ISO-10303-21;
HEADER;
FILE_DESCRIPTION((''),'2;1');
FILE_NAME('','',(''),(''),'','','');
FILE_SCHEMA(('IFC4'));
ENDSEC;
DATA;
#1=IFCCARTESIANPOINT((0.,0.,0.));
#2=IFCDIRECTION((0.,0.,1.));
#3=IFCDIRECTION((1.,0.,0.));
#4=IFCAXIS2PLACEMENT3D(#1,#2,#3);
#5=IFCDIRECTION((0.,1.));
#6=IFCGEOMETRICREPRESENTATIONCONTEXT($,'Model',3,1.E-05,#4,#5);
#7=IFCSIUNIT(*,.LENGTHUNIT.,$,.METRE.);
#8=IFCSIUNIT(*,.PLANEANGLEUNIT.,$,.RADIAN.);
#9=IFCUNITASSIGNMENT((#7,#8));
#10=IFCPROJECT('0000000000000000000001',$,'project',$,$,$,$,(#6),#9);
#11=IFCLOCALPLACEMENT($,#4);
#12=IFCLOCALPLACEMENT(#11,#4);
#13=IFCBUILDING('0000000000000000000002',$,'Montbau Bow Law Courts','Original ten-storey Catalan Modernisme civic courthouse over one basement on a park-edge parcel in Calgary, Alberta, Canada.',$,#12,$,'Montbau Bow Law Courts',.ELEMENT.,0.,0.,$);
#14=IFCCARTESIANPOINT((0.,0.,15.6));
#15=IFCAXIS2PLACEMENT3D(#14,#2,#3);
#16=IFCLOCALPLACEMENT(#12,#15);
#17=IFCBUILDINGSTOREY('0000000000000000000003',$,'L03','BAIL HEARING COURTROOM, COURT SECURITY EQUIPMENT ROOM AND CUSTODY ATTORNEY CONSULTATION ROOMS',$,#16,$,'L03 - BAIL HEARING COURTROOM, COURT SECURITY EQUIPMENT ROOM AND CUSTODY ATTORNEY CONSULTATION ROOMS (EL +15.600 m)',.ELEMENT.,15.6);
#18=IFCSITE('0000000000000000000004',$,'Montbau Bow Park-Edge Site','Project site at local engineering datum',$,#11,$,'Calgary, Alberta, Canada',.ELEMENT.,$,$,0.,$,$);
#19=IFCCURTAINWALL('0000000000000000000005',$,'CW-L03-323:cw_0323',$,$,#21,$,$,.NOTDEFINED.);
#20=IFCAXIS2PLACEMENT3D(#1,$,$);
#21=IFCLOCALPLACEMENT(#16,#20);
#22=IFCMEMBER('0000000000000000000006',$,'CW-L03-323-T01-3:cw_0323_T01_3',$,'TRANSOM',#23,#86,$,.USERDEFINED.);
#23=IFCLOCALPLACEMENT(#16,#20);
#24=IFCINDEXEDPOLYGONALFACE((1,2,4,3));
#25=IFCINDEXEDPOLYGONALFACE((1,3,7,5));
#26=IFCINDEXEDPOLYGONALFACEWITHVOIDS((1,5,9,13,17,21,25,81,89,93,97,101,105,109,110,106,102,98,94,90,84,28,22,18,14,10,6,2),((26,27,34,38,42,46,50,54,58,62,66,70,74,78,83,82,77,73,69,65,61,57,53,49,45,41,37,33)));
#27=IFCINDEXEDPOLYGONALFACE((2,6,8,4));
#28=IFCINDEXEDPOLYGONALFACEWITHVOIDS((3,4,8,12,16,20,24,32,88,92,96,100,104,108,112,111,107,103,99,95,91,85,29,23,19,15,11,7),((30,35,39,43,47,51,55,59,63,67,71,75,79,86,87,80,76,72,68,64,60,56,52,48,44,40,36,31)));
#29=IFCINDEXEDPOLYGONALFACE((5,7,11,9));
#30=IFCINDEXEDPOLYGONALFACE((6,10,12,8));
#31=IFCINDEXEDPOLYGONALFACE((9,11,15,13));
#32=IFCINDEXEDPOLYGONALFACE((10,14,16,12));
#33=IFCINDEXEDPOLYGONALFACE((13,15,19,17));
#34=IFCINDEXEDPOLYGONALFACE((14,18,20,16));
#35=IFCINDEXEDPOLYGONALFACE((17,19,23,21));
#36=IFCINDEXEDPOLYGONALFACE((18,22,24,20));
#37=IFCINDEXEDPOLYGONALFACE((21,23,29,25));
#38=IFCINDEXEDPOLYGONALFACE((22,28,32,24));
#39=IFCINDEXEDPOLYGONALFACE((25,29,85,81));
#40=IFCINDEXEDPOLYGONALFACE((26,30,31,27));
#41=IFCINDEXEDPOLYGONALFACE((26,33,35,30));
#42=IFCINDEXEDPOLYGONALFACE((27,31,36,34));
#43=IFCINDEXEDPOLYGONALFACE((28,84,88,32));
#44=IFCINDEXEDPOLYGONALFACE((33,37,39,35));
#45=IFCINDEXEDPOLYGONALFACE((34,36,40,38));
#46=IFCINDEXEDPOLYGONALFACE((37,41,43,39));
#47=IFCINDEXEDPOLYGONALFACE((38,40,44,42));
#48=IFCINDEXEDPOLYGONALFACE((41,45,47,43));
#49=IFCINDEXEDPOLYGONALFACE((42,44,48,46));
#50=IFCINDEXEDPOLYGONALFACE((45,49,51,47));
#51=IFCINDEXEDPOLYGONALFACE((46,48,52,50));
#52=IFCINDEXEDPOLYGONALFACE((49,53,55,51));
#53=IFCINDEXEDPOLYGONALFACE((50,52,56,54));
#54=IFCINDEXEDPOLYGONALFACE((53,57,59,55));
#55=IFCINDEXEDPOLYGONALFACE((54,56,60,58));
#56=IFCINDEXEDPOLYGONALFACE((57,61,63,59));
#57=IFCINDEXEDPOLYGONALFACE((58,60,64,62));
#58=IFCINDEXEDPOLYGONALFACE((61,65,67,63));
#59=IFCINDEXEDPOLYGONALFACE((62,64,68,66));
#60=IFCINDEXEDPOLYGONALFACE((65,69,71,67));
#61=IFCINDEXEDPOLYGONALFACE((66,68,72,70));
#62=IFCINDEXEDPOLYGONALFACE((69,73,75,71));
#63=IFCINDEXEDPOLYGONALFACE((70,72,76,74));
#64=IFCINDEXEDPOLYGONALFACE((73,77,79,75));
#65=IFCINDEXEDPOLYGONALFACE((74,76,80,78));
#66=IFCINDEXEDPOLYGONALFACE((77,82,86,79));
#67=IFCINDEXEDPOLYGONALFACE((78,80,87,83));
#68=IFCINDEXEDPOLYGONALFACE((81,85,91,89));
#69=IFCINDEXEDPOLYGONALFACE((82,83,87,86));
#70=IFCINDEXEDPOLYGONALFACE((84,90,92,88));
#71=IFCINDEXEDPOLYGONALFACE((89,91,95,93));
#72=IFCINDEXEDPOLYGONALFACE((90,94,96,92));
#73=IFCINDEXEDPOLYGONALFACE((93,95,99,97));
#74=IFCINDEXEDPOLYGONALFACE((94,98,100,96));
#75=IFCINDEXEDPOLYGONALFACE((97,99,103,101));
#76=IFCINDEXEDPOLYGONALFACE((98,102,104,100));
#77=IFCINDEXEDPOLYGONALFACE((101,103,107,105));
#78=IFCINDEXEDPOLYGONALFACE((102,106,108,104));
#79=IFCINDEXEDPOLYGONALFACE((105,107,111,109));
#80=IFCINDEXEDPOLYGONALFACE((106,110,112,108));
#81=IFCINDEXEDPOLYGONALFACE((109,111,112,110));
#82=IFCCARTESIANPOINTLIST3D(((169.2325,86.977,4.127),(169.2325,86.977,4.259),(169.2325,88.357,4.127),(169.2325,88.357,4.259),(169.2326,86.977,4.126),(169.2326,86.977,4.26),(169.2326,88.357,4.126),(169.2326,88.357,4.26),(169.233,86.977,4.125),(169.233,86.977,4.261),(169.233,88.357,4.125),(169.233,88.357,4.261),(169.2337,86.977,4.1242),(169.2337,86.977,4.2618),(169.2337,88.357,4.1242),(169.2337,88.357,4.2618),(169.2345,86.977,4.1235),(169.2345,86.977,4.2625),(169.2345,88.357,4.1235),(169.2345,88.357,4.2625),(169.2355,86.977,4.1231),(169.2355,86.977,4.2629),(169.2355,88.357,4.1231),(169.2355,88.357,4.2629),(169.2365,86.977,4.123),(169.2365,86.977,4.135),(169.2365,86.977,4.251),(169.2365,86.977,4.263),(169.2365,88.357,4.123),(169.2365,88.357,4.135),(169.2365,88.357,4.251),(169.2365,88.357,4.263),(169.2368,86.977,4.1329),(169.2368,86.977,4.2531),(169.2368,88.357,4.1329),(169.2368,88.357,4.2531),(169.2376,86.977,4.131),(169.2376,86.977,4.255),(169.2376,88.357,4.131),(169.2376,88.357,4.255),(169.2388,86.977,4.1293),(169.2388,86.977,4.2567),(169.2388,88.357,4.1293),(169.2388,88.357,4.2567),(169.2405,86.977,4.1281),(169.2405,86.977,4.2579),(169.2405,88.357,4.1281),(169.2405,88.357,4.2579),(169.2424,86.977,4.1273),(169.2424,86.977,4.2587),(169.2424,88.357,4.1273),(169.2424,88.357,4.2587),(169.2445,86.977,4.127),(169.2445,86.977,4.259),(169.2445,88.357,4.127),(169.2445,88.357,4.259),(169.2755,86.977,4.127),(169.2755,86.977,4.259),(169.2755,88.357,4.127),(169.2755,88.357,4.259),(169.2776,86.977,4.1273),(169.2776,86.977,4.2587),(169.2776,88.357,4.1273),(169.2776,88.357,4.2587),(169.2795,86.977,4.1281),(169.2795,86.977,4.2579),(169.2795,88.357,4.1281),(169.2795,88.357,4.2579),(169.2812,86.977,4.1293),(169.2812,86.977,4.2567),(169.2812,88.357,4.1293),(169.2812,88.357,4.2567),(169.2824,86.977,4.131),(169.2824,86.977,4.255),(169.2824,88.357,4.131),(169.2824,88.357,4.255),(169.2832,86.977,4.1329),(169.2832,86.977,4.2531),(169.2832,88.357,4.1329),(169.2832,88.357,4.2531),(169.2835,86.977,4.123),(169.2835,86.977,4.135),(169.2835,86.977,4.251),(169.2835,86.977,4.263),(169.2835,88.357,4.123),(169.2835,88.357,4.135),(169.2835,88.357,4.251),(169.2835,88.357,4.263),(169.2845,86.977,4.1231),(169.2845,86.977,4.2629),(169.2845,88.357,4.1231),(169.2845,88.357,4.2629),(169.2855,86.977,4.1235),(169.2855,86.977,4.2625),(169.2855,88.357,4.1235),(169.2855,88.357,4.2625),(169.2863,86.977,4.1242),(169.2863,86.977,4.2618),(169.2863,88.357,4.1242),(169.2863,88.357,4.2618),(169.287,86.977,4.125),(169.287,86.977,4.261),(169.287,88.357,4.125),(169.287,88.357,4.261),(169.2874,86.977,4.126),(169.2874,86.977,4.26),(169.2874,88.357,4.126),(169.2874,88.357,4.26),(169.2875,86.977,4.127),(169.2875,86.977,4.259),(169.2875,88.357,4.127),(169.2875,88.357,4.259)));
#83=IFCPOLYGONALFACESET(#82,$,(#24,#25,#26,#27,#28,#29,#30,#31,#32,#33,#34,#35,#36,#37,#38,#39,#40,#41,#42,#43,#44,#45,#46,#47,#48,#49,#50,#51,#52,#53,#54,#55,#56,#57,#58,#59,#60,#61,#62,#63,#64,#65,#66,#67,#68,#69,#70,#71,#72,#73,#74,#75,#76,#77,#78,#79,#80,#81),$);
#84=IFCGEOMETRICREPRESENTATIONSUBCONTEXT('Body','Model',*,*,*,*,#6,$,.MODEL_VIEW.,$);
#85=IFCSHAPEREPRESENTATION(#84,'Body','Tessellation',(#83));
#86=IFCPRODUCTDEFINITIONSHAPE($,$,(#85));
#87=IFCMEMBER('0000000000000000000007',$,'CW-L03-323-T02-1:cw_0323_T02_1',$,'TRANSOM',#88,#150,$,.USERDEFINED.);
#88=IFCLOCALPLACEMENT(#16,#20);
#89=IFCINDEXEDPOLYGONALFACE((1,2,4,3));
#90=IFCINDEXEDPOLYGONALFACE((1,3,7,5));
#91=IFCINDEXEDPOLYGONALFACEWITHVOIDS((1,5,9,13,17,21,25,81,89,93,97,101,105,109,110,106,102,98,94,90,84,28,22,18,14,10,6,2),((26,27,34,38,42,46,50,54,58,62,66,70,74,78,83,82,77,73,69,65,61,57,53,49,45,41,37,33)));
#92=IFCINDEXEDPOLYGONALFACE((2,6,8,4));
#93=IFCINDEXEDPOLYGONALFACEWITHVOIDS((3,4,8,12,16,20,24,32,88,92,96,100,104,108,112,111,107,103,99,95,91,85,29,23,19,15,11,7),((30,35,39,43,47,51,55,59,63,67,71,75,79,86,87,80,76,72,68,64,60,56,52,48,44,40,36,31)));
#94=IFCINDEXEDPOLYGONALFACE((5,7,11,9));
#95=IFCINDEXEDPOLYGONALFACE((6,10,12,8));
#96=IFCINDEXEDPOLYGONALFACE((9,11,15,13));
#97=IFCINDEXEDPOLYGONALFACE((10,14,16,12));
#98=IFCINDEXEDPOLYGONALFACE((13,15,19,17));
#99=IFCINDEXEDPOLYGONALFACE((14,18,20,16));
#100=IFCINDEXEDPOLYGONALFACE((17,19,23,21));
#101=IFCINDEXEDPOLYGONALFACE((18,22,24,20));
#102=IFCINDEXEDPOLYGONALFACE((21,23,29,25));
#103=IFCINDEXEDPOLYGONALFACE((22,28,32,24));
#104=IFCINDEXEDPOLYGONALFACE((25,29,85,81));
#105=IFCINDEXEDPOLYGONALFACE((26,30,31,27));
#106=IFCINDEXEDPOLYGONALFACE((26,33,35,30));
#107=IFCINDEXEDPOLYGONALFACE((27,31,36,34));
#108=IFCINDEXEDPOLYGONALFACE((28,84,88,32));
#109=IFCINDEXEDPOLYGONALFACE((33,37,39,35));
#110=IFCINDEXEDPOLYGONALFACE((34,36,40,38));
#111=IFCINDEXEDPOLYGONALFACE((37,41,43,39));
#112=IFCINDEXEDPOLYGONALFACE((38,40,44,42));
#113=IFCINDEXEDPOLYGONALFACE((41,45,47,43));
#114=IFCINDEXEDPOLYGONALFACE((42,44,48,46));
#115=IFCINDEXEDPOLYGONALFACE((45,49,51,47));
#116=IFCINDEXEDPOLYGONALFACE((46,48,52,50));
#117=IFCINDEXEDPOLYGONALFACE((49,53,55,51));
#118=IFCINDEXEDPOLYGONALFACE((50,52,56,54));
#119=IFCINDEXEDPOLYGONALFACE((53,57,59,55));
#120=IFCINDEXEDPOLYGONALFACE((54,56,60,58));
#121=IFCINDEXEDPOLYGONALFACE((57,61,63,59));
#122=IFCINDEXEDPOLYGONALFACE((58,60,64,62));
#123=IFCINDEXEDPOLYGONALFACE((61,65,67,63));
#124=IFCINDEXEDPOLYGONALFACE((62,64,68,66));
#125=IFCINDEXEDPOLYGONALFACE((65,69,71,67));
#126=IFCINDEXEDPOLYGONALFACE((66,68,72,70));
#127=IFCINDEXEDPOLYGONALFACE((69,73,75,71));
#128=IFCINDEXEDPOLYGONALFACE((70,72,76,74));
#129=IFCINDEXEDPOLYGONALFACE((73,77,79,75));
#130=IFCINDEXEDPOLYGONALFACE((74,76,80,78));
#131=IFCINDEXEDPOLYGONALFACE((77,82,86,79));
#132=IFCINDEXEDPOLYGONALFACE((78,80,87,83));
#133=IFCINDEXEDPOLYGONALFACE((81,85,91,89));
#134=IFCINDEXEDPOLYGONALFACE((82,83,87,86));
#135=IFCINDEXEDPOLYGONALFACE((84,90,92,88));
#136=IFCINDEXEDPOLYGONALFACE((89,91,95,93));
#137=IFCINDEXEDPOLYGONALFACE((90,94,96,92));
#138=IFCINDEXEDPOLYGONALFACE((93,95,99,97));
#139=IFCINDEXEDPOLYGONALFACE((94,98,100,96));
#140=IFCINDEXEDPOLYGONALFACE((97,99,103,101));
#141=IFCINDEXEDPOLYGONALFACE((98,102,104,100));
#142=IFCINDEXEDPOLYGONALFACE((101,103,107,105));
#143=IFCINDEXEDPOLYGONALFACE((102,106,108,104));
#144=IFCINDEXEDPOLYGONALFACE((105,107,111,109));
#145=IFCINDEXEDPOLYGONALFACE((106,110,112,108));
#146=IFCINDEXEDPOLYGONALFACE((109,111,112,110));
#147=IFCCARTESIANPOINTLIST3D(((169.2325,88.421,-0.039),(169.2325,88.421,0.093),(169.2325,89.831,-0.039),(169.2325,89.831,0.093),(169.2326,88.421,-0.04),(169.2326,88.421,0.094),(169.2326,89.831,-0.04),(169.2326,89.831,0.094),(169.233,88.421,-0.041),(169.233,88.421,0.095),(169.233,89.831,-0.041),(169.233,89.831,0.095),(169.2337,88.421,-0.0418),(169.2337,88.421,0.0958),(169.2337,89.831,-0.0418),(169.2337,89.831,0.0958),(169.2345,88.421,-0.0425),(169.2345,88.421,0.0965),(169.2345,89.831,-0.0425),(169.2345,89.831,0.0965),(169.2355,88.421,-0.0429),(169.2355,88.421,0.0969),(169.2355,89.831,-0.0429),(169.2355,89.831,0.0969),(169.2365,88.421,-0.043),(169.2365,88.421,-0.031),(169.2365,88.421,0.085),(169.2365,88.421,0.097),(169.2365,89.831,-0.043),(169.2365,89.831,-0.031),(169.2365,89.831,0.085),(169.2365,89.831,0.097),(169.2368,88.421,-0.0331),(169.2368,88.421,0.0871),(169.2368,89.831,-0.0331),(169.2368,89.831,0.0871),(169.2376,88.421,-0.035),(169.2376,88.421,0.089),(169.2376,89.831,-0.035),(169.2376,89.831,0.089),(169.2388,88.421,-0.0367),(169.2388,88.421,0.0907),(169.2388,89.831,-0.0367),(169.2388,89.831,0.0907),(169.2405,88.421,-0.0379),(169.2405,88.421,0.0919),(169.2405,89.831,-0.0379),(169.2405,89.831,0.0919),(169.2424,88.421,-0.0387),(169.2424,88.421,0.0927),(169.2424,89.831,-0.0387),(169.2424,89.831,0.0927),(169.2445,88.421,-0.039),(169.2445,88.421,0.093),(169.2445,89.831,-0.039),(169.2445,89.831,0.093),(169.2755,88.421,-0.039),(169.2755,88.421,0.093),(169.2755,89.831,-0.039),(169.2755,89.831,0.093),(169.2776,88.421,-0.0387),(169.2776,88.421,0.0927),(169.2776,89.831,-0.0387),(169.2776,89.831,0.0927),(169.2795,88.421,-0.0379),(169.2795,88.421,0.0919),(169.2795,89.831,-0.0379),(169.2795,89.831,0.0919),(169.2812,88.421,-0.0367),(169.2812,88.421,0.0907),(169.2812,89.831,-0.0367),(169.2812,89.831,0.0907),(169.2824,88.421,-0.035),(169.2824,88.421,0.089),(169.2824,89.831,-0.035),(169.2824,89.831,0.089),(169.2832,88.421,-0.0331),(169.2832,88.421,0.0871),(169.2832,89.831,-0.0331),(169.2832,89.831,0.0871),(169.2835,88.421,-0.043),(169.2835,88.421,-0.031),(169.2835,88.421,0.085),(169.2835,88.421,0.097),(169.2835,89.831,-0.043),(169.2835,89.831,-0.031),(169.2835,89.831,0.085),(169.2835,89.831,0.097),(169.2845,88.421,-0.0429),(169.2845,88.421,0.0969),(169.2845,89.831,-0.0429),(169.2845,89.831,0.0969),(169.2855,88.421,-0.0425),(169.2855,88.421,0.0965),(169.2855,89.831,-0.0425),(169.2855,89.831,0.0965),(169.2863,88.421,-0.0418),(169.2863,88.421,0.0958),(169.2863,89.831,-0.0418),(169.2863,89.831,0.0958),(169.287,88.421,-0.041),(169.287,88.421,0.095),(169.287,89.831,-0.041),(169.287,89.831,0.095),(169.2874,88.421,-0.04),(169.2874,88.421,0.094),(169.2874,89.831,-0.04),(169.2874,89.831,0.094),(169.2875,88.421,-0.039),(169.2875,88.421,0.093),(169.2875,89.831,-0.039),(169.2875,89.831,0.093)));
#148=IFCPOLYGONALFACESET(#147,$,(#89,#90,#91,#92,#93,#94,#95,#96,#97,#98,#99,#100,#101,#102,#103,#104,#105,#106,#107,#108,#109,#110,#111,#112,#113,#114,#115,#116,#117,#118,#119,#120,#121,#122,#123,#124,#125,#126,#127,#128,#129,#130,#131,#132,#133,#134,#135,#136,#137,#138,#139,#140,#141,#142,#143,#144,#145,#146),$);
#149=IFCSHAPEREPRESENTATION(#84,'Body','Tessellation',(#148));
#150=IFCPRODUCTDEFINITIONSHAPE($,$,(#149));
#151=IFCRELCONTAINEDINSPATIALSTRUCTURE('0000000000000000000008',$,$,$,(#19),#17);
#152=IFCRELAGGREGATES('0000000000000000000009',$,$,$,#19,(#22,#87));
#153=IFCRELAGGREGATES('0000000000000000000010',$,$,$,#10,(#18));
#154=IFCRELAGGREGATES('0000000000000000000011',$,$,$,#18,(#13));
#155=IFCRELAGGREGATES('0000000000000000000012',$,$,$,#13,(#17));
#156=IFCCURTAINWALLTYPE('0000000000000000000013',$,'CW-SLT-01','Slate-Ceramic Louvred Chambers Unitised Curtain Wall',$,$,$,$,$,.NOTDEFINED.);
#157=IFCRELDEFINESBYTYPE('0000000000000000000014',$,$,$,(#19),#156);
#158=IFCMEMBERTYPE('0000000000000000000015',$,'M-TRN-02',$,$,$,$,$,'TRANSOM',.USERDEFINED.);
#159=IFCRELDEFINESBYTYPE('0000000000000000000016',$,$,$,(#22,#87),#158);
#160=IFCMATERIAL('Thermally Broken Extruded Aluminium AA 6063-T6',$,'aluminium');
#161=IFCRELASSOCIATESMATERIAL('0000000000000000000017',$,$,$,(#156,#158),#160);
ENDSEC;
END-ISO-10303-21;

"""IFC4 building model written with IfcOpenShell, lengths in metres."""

from ifc_helpers import new_model, si_unit, direction, frame, origin_with_axes, origin_2d_with_axis, place, context, subcontext, project, spatial, hollow_rectangle, extrude, material, material_profile, profile_set, type_object, element, aggregate, save


model = new_model("IFC4")

# Units and contexts
model_context = context("Model", 3, precision=1e-05, world=origin_with_axes(), true_north=direction((0.0, 1.0)))
body_context = subcontext(model_context, "Body", "Model", "MODEL_VIEW")
ifc_project = project(units=[si_unit("LENGTHUNIT", "METRE"), si_unit("PLANEANGLEUNIT", "RADIAN")], contexts=[model_context])

# Site, building, storey
site_placement = place(None, origin_with_axes())
site = spatial("IfcSite", under=ifc_project, at=site_placement, Name="Montbau Bow Park-Edge Site", Description="Project site at local engineering datum", LongName="Calgary, Alberta, Canada", CompositionType="ELEMENT", RefElevation=0.0)
building_placement = place(site_placement, origin_with_axes())
building = spatial("IfcBuilding", under=site, at=building_placement, Name="Montbau Bow Law Courts", Description="Original ten-storey Catalan Modernisme civic courthouse over one basement on a park-edge parcel in Calgary, Alberta, Canada.", LongName="Montbau Bow Law Courts", CompositionType="ELEMENT", ElevationOfRefHeight=0.0, ElevationOfTerrain=0.0)
storey_placement = place(building_placement, frame((0.0, 0.0, 15.6), z_axis=(0.0, 0.0, 1.0), x_axis=(1.0, 0.0, 0.0)))
storey = spatial("IfcBuildingStorey", under=building, at=storey_placement, Name="L03", Description="BAIL HEARING COURTROOM, COURT SECURITY EQUIPMENT ROOM AND CUSTODY ATTORNEY CONSULTATION ROOMS", LongName="L03 - BAIL HEARING COURTROOM, COURT SECURITY EQUIPMENT ROOM AND CUSTODY ATTORNEY CONSULTATION ROOMS (EL +15.600 m)", CompositionType="ELEMENT", Elevation=15.6)

# Curtain wall
ifc_material_1 = material(Name="Thermally Broken Extruded Aluminium AA 6063-T6", Category="aluminium")
curtain_wall_type = type_object("IfcCurtainWallType", Name="CW-SLT-01", Description="Slate-Ceramic Louvred Chambers Unitised Curtain Wall", PredefinedType="NOTDEFINED", material=ifc_material_1)
curtain_wall_1_placement = place(None, frame((169.26, 86.915, 15.6), z_axis=(0.0, 0.0, 1.0), x_axis=(1.0, 0.0, 0.0)))
curtain_wall_1 = element("IfcCurtainWall", 1, at=curtain_wall_1_placement, inside=storey, type_object=curtain_wall_type, Name="CW-L03-323:cw_0323", PredefinedType="NOTDEFINED")

# Members
ifc_material_profile_1 = material_profile(ifc_material_1, hollow_rectangle(XDim=0.055, YDim=0.14, WallThickness=0.004, InnerFilletRadius=0.008, OuterFilletRadius=0.004, at=origin_2d_with_axis()), Name="CWT-140X55", Category="Main", Priority=0)
ifc_profile_set_1 = profile_set([ifc_material_profile_1], Name="Thermally Broken Extruded Aluminium AA 6063-T6")
member_type_1 = type_object("IfcMemberType", Name="M-TRN-02", ElementType="TRANSOM", PredefinedType="USERDEFINED", material=ifc_profile_set_1)
member_1_placement = place(None, frame((169.26, 86.977, 19.793), z_axis=(0.0, 1.0, 0.0), x_axis=(-1.0, 0.0, 0.0)))
member_1 = element("IfcMember", 2, at=member_1_placement, type_object=member_type_1, Name="CW-L03-323-T01-3:cw_0323_T01_3", ObjectType="TRANSOM", PredefinedType="USERDEFINED", context=body_context, shape_type="SweptSolid", body=[
    extrude(hollow_rectangle(XDim=0.055, YDim=0.14, WallThickness=0.004, InnerFilletRadius=0.008, OuterFilletRadius=0.004, at=origin_2d_with_axis()), origin_with_axes(), (0.0, 0.0, 1.0), 1.38),
])
member_2_placement = place(None, frame((169.26, 88.421, 15.627), z_axis=(0.0, 1.0, 0.0), x_axis=(-1.0, 0.0, 0.0)))
member_2 = element("IfcMember", 3, at=member_2_placement, type_object=member_type_1, Name="CW-L03-323-T02-1:cw_0323_T02_1", ObjectType="TRANSOM", PredefinedType="USERDEFINED", context=body_context, shape_type="SweptSolid", body=[
    extrude(hollow_rectangle(XDim=0.055, YDim=0.14, WallThickness=0.004, InnerFilletRadius=0.008, OuterFilletRadius=0.004, at=origin_2d_with_axis()), origin_with_axes(), (0.0, 0.0, 1.0), 1.41),
])

aggregate(curtain_wall_1, [member_1, member_2])

save(model, "model.ifc")
